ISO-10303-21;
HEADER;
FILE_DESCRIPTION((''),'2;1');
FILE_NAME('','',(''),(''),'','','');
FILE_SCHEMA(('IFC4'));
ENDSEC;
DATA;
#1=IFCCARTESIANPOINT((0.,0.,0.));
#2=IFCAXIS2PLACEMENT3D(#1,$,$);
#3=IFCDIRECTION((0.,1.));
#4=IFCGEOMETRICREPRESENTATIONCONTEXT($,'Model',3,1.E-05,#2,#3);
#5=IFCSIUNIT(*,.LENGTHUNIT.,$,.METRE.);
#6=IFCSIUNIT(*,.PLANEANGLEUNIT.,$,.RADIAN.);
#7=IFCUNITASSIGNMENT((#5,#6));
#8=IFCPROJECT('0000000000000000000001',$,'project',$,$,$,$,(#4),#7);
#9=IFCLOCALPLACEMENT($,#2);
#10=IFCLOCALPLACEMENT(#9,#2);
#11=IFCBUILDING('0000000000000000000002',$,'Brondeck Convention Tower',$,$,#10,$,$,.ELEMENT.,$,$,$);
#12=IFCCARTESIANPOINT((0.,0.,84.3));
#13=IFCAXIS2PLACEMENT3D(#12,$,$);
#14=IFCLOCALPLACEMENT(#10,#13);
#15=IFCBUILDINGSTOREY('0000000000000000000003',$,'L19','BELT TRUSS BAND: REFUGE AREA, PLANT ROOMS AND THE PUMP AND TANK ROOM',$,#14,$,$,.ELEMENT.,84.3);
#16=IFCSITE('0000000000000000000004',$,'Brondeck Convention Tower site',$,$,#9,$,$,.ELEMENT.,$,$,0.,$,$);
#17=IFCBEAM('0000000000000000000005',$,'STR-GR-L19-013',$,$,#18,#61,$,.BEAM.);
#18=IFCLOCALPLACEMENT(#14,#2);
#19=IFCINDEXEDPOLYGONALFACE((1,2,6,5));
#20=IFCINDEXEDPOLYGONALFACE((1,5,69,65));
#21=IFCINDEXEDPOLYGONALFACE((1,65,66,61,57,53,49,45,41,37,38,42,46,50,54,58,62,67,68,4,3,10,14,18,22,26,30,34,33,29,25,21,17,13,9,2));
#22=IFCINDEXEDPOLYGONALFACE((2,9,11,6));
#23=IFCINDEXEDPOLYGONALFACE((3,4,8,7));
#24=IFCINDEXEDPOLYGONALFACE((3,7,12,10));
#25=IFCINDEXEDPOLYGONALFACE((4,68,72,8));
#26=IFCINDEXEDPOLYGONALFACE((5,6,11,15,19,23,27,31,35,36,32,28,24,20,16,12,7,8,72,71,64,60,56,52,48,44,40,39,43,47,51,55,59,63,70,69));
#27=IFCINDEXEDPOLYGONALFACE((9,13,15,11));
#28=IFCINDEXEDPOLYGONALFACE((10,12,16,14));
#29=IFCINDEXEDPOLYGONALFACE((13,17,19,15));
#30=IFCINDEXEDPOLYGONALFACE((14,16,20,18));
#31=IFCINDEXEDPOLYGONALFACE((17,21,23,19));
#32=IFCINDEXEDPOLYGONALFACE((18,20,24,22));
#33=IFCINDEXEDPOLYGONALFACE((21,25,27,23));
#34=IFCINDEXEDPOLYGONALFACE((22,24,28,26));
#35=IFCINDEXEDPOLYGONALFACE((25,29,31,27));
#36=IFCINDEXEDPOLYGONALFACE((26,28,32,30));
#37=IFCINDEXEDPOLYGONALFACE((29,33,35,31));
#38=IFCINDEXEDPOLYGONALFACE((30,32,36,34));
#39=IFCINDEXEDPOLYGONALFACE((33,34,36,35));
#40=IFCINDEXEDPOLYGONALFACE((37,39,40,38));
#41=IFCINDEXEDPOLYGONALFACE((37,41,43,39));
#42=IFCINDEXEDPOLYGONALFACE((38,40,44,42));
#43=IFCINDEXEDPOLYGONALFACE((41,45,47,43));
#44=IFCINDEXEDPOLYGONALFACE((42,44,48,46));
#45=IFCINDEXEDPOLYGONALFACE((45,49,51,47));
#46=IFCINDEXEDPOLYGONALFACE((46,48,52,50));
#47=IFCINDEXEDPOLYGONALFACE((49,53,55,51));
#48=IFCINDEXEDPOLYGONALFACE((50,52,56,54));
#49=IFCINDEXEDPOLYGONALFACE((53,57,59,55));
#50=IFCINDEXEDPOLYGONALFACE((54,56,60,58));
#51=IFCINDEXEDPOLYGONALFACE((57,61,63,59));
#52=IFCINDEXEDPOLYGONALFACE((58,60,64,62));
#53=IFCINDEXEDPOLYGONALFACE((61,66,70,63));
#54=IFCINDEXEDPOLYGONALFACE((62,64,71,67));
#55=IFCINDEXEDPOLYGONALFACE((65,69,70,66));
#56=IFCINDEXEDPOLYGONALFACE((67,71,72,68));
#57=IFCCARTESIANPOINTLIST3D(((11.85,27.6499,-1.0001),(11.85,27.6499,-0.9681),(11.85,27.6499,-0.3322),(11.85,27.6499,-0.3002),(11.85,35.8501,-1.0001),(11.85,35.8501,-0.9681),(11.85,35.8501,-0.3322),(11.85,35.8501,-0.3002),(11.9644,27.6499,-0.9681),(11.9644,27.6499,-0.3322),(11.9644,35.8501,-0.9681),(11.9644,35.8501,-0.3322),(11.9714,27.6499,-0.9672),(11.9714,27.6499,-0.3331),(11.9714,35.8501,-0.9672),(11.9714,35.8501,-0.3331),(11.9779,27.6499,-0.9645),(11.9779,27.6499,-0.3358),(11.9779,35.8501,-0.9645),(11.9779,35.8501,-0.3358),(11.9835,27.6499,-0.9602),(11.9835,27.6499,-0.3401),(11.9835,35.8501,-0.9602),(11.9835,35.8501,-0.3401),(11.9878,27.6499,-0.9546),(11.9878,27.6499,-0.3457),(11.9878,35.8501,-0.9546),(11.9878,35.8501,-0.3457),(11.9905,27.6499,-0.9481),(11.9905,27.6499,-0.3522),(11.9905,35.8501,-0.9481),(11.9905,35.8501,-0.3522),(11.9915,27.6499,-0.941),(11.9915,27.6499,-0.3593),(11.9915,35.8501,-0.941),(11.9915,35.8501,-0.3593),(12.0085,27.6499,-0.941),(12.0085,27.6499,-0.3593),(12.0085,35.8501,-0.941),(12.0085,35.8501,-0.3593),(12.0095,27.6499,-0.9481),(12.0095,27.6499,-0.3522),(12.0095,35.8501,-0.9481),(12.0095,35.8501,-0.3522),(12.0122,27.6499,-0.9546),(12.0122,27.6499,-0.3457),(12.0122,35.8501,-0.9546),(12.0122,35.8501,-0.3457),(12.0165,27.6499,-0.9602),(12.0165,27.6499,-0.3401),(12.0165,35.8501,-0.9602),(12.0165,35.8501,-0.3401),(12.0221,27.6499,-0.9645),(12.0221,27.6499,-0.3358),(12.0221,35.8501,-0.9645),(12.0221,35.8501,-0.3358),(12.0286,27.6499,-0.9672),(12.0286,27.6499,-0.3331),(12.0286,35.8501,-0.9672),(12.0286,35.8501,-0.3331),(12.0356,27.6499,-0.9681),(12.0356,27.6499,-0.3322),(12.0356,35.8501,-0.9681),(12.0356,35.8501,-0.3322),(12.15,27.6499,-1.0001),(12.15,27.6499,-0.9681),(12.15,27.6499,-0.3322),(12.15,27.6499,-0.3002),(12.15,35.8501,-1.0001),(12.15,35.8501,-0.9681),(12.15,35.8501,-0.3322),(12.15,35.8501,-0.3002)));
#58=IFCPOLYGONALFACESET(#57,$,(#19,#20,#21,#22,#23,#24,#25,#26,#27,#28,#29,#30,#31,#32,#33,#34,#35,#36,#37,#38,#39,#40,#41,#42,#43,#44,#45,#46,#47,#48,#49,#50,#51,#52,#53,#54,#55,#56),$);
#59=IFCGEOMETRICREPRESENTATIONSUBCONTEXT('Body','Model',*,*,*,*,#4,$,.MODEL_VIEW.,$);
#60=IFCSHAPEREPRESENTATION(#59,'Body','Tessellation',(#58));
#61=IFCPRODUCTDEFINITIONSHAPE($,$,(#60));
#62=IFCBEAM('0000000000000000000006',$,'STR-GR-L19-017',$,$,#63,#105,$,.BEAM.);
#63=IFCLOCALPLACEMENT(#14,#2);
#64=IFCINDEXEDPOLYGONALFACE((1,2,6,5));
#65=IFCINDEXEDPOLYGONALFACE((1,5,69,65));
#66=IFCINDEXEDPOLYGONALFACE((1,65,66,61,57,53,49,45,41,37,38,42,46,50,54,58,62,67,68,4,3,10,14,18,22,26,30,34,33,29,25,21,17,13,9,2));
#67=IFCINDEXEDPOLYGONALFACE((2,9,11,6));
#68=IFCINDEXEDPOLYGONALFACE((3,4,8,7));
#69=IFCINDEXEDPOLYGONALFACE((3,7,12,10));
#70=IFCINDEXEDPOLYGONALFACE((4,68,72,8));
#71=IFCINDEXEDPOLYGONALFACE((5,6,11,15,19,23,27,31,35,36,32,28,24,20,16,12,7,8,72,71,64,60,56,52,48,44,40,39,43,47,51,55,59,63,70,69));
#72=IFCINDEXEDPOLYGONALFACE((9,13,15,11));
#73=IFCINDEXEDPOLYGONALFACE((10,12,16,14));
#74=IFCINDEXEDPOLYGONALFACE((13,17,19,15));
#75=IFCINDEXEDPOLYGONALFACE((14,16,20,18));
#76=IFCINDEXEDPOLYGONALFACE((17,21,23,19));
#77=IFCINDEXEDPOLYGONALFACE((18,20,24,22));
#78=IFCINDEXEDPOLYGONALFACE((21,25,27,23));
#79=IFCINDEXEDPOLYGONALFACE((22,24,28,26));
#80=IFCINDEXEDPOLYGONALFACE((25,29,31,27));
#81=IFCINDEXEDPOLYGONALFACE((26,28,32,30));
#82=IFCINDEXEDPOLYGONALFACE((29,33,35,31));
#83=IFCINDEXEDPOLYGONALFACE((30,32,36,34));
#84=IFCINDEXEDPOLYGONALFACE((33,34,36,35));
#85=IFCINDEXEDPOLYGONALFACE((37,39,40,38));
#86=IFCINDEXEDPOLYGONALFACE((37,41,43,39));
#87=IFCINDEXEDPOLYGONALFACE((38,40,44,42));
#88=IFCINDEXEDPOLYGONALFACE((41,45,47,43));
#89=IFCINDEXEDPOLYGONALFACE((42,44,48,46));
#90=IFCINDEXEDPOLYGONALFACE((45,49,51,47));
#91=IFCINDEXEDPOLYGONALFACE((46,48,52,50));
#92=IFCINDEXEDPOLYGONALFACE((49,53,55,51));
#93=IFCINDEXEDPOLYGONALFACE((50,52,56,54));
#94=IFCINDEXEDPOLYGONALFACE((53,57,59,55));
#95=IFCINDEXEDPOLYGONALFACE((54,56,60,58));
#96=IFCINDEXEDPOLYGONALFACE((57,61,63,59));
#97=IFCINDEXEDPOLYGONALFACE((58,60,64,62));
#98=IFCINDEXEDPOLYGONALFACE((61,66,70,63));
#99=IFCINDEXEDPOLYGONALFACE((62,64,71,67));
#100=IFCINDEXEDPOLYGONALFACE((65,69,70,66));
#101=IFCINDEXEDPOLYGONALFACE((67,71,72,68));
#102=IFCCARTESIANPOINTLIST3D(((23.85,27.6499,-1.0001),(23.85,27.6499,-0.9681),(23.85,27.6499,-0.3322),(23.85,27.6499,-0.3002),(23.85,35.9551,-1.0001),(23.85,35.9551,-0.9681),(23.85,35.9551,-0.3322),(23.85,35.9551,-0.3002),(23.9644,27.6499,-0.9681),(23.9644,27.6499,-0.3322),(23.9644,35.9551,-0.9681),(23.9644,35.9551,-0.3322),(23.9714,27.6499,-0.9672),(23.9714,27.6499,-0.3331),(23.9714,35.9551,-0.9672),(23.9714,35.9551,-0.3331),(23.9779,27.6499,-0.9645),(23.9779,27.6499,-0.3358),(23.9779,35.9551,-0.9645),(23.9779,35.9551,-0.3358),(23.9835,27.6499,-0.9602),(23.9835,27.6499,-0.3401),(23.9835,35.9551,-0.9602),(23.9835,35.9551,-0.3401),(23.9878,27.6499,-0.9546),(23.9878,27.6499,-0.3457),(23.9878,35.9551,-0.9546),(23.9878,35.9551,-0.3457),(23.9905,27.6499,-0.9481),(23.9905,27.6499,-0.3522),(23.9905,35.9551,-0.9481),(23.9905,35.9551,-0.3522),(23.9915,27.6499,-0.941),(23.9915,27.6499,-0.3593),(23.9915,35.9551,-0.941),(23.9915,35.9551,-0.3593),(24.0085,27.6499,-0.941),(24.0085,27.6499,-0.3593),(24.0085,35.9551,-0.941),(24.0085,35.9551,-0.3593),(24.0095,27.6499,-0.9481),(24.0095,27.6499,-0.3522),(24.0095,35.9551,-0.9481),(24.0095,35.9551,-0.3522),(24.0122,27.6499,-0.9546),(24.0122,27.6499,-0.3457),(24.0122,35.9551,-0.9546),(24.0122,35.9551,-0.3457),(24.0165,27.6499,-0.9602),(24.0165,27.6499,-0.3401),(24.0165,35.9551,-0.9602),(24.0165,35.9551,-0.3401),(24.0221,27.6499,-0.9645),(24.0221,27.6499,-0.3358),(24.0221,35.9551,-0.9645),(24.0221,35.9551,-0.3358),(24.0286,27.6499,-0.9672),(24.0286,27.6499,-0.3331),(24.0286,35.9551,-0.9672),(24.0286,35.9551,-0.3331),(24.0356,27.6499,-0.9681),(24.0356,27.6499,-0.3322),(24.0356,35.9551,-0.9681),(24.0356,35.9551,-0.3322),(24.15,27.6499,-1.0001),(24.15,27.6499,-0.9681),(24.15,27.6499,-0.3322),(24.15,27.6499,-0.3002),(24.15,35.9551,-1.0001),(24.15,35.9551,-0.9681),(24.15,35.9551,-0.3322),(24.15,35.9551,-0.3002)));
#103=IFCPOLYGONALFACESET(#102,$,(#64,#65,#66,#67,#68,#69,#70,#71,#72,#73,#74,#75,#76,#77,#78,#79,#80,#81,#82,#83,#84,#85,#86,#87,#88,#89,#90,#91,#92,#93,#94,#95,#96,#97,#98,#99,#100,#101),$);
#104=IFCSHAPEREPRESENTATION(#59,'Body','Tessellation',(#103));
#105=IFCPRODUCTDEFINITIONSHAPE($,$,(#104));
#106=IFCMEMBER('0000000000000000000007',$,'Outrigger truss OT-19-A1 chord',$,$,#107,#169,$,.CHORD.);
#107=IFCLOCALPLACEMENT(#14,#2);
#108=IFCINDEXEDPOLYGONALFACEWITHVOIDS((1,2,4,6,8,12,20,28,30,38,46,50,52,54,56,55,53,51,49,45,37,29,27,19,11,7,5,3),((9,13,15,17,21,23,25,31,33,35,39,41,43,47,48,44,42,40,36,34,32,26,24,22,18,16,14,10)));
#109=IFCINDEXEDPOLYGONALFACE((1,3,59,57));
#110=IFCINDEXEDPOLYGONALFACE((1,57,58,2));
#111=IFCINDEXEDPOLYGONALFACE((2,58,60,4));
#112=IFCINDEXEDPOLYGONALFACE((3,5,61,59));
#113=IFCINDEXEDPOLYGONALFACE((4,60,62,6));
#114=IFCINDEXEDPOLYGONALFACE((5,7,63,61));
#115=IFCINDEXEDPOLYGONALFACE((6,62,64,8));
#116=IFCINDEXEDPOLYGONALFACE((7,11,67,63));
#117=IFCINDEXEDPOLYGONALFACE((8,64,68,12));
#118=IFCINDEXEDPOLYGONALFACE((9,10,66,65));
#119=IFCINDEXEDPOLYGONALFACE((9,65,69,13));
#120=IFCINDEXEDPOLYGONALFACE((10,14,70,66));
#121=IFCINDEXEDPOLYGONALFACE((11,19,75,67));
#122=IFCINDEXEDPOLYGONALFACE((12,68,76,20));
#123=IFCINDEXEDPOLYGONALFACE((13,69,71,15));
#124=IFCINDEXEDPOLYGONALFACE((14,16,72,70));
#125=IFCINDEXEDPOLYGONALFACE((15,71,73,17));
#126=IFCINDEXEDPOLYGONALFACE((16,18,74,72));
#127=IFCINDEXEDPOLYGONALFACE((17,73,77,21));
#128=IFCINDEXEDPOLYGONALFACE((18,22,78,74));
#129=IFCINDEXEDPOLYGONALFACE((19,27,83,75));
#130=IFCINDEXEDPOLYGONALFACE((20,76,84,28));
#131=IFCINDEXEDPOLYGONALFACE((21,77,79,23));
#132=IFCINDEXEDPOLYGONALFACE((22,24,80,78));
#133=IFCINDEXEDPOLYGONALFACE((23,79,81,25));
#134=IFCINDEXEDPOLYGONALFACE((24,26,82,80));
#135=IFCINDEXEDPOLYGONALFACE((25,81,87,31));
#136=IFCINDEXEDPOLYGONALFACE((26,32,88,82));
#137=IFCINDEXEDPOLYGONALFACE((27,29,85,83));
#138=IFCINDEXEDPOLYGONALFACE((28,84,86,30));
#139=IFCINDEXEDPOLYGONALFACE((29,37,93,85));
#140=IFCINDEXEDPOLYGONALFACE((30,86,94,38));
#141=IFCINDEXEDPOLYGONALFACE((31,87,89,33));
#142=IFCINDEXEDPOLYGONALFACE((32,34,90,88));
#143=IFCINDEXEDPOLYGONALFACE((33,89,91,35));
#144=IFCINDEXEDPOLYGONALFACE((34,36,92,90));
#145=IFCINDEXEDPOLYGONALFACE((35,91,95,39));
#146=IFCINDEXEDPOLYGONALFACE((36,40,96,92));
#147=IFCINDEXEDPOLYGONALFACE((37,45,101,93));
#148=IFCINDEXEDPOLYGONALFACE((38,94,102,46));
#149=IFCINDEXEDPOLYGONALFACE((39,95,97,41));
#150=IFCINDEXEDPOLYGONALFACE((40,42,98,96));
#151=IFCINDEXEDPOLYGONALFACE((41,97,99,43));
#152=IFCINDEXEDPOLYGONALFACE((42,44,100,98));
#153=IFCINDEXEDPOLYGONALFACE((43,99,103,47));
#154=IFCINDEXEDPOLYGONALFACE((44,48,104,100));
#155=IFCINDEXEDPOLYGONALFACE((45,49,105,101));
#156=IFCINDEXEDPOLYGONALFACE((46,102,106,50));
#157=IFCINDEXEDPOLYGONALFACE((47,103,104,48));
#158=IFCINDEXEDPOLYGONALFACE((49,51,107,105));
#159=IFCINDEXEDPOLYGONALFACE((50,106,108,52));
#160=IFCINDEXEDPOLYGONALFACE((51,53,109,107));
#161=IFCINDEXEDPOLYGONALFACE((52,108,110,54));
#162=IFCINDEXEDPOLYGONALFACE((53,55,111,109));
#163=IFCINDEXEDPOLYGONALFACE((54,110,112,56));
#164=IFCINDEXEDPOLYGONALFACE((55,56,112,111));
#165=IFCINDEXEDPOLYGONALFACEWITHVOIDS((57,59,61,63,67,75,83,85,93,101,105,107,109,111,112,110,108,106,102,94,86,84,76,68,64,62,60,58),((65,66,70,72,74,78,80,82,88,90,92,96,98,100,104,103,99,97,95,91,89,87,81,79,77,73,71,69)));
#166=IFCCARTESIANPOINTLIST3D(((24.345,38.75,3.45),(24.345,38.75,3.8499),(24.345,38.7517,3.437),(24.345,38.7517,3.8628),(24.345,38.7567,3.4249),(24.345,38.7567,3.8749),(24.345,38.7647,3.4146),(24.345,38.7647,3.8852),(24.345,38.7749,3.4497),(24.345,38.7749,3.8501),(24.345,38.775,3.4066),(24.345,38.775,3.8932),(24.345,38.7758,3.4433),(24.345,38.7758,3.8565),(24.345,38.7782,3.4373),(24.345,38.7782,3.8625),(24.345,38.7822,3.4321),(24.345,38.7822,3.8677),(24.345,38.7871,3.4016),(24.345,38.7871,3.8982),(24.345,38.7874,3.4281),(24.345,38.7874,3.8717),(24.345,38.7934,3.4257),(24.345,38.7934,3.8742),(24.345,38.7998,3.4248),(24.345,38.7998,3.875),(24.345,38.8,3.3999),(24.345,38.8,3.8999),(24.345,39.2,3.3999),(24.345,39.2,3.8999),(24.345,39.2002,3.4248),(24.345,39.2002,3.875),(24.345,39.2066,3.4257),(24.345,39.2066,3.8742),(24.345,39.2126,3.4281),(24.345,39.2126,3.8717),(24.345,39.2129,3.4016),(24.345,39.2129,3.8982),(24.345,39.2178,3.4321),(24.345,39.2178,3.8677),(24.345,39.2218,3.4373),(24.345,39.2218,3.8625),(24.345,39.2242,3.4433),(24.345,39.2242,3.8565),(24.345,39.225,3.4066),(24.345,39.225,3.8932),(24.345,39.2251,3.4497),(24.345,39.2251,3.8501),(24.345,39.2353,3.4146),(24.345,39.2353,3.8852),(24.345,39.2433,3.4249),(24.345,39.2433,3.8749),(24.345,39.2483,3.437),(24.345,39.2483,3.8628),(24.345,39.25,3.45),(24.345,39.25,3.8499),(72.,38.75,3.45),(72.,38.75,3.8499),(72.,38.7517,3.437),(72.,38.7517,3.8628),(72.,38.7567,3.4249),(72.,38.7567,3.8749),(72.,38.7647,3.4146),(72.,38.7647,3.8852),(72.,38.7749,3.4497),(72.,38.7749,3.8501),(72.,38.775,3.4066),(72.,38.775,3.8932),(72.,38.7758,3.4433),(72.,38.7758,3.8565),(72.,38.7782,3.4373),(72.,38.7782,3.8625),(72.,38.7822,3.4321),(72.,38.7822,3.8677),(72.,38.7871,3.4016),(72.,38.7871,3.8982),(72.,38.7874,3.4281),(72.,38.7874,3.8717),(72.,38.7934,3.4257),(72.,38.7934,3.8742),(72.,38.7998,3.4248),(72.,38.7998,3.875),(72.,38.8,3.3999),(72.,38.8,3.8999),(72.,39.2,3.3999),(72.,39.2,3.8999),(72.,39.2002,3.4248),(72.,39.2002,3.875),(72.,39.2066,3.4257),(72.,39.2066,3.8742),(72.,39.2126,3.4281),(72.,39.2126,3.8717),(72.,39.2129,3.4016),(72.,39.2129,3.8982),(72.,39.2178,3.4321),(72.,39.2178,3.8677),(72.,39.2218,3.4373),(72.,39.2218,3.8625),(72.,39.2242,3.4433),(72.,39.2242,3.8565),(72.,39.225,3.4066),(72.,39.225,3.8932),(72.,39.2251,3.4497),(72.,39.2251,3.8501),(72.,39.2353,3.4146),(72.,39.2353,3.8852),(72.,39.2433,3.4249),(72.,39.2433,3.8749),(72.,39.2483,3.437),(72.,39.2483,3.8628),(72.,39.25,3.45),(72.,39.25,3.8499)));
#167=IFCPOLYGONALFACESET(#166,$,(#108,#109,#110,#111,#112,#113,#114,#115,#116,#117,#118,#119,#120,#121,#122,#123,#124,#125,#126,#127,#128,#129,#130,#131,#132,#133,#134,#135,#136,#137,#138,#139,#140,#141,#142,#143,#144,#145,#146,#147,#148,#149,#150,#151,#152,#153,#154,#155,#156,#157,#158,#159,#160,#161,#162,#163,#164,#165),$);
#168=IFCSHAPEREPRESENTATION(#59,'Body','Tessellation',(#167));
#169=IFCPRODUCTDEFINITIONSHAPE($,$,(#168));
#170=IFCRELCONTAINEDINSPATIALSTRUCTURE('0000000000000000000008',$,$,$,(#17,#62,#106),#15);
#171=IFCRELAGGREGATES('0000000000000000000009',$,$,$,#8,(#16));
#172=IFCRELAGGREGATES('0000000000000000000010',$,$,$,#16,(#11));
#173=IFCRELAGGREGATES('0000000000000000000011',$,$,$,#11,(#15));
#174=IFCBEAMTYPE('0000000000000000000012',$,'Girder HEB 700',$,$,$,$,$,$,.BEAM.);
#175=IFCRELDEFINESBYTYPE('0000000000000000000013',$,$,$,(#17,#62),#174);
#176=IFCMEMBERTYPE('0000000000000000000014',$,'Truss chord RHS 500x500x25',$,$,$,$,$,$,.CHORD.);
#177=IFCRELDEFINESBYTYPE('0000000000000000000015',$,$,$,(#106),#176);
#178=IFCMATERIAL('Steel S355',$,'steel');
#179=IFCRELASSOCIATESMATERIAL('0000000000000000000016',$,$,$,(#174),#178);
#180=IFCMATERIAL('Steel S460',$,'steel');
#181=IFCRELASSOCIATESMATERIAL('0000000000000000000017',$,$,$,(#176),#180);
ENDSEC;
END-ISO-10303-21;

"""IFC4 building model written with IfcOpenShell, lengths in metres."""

from ifc_helpers import new_model, si_unit, direction, frame, origin, origin_2d, place, context, subcontext, project, spatial, hollow_rectangle, i_section, extrude, material, material_profile, profile_set, type_object, element, save


model = new_model("IFC4")

# Units and contexts
model_context = context("Model", 3, precision=1e-05, world=origin(), true_north=direction((0.0, 1.0)))
body_context = subcontext(model_context, "Body", "Model", "MODEL_VIEW")
ifc_project = project(units=[si_unit("LENGTHUNIT", "METRE"), si_unit("PLANEANGLEUNIT", "RADIAN")], contexts=[model_context])

# Site, building, storey
site_placement = place(None, origin())
site = spatial("IfcSite", under=ifc_project, at=site_placement, Name="Brondeck Convention Tower site", CompositionType="ELEMENT", RefElevation=0.0)
building_placement = place(site_placement, origin())
building = spatial("IfcBuilding", under=site, at=building_placement, Name="Brondeck Convention Tower", CompositionType="ELEMENT")
storey_placement = place(building_placement, frame((0.0, 0.0, 84.3)))
storey = spatial("IfcBuildingStorey", under=building, at=storey_placement, Name="L19", Description="BELT TRUSS BAND: REFUGE AREA, PLANT ROOMS AND THE PUMP AND TANK ROOM", CompositionType="ELEMENT", Elevation=84.3)

# Beams
ifc_material_1 = material(Name="Steel S355", Category="steel")
ifc_material_profile_1 = material_profile(ifc_material_1, i_section(OverallWidth=0.3, OverallDepth=0.7, WebThickness=0.0171, FlangeThickness=0.032, FilletRadius=0.0271, at=origin_2d()), Name="HEB 700")
ifc_profile_set_1 = profile_set([ifc_material_profile_1], Name="Steel S355")
beam_type = type_object("IfcBeamType", Name="Girder HEB 700", PredefinedType="BEAM", material=ifc_profile_set_1)
beam_1_placement = place(storey_placement, frame((12.0, 35.8501, -0.6501), z_axis=(0.0, -1.0, 0.0), x_axis=(1.0, 0.0, 0.0)))
element("IfcBeam", 1, at=beam_1_placement, inside=storey, type_object=beam_type, Name="STR-GR-L19-013", PredefinedType="BEAM", context=body_context, shape_type="SweptSolid", body=[
    extrude(i_section(OverallWidth=0.3, OverallDepth=0.7, WebThickness=0.0171, FlangeThickness=0.032, FilletRadius=0.0271, at=origin_2d()), origin(), (0.0, 0.0, 1.0), 8.2002),
])
beam_2_placement = place(storey_placement, frame((24.0, 35.9551, -0.6501), z_axis=(0.0, -1.0, 0.0), x_axis=(1.0, 0.0, 0.0)))
element("IfcBeam", 2, at=beam_2_placement, inside=storey, type_object=beam_type, Name="STR-GR-L19-017", PredefinedType="BEAM", context=body_context, shape_type="SweptSolid", body=[
    extrude(i_section(OverallWidth=0.3, OverallDepth=0.7, WebThickness=0.0171, FlangeThickness=0.032, FilletRadius=0.0271, at=origin_2d()), origin(), (0.0, 0.0, 1.0), 8.3052),
])

# Member
ifc_material_2 = material(Name="Steel S460", Category="steel")
ifc_material_profile_2 = material_profile(ifc_material_2, hollow_rectangle(XDim=0.5, YDim=0.5, WallThickness=0.0249, InnerFilletRadius=0.0249, OuterFilletRadius=0.05, at=origin_2d()), Name="RHS 500x500x25")
ifc_profile_set_2 = profile_set([ifc_material_profile_2], Name="Steel S460")
member_type = type_object("IfcMemberType", Name="Truss chord RHS 500x500x25", PredefinedType="CHORD", material=ifc_profile_set_2)
member_1_placement = place(storey_placement, frame((24.345, 39.0, 3.6499), z_axis=(1.0, 0.0, 0.0), x_axis=(0.0, 1.0, 0.0)))
element("IfcMember", 3, at=member_1_placement, inside=storey, type_object=member_type, Name="Outrigger truss OT-19-A1 chord", PredefinedType="CHORD", context=body_context, shape_type="SweptSolid", body=[
    extrude(hollow_rectangle(XDim=0.5, YDim=0.5, WallThickness=0.0249, InnerFilletRadius=0.0249, OuterFilletRadius=0.05, at=origin_2d()), origin(), (0.0, 0.0, 1.0), 47.655),
])

save(model, "model.ifc")
